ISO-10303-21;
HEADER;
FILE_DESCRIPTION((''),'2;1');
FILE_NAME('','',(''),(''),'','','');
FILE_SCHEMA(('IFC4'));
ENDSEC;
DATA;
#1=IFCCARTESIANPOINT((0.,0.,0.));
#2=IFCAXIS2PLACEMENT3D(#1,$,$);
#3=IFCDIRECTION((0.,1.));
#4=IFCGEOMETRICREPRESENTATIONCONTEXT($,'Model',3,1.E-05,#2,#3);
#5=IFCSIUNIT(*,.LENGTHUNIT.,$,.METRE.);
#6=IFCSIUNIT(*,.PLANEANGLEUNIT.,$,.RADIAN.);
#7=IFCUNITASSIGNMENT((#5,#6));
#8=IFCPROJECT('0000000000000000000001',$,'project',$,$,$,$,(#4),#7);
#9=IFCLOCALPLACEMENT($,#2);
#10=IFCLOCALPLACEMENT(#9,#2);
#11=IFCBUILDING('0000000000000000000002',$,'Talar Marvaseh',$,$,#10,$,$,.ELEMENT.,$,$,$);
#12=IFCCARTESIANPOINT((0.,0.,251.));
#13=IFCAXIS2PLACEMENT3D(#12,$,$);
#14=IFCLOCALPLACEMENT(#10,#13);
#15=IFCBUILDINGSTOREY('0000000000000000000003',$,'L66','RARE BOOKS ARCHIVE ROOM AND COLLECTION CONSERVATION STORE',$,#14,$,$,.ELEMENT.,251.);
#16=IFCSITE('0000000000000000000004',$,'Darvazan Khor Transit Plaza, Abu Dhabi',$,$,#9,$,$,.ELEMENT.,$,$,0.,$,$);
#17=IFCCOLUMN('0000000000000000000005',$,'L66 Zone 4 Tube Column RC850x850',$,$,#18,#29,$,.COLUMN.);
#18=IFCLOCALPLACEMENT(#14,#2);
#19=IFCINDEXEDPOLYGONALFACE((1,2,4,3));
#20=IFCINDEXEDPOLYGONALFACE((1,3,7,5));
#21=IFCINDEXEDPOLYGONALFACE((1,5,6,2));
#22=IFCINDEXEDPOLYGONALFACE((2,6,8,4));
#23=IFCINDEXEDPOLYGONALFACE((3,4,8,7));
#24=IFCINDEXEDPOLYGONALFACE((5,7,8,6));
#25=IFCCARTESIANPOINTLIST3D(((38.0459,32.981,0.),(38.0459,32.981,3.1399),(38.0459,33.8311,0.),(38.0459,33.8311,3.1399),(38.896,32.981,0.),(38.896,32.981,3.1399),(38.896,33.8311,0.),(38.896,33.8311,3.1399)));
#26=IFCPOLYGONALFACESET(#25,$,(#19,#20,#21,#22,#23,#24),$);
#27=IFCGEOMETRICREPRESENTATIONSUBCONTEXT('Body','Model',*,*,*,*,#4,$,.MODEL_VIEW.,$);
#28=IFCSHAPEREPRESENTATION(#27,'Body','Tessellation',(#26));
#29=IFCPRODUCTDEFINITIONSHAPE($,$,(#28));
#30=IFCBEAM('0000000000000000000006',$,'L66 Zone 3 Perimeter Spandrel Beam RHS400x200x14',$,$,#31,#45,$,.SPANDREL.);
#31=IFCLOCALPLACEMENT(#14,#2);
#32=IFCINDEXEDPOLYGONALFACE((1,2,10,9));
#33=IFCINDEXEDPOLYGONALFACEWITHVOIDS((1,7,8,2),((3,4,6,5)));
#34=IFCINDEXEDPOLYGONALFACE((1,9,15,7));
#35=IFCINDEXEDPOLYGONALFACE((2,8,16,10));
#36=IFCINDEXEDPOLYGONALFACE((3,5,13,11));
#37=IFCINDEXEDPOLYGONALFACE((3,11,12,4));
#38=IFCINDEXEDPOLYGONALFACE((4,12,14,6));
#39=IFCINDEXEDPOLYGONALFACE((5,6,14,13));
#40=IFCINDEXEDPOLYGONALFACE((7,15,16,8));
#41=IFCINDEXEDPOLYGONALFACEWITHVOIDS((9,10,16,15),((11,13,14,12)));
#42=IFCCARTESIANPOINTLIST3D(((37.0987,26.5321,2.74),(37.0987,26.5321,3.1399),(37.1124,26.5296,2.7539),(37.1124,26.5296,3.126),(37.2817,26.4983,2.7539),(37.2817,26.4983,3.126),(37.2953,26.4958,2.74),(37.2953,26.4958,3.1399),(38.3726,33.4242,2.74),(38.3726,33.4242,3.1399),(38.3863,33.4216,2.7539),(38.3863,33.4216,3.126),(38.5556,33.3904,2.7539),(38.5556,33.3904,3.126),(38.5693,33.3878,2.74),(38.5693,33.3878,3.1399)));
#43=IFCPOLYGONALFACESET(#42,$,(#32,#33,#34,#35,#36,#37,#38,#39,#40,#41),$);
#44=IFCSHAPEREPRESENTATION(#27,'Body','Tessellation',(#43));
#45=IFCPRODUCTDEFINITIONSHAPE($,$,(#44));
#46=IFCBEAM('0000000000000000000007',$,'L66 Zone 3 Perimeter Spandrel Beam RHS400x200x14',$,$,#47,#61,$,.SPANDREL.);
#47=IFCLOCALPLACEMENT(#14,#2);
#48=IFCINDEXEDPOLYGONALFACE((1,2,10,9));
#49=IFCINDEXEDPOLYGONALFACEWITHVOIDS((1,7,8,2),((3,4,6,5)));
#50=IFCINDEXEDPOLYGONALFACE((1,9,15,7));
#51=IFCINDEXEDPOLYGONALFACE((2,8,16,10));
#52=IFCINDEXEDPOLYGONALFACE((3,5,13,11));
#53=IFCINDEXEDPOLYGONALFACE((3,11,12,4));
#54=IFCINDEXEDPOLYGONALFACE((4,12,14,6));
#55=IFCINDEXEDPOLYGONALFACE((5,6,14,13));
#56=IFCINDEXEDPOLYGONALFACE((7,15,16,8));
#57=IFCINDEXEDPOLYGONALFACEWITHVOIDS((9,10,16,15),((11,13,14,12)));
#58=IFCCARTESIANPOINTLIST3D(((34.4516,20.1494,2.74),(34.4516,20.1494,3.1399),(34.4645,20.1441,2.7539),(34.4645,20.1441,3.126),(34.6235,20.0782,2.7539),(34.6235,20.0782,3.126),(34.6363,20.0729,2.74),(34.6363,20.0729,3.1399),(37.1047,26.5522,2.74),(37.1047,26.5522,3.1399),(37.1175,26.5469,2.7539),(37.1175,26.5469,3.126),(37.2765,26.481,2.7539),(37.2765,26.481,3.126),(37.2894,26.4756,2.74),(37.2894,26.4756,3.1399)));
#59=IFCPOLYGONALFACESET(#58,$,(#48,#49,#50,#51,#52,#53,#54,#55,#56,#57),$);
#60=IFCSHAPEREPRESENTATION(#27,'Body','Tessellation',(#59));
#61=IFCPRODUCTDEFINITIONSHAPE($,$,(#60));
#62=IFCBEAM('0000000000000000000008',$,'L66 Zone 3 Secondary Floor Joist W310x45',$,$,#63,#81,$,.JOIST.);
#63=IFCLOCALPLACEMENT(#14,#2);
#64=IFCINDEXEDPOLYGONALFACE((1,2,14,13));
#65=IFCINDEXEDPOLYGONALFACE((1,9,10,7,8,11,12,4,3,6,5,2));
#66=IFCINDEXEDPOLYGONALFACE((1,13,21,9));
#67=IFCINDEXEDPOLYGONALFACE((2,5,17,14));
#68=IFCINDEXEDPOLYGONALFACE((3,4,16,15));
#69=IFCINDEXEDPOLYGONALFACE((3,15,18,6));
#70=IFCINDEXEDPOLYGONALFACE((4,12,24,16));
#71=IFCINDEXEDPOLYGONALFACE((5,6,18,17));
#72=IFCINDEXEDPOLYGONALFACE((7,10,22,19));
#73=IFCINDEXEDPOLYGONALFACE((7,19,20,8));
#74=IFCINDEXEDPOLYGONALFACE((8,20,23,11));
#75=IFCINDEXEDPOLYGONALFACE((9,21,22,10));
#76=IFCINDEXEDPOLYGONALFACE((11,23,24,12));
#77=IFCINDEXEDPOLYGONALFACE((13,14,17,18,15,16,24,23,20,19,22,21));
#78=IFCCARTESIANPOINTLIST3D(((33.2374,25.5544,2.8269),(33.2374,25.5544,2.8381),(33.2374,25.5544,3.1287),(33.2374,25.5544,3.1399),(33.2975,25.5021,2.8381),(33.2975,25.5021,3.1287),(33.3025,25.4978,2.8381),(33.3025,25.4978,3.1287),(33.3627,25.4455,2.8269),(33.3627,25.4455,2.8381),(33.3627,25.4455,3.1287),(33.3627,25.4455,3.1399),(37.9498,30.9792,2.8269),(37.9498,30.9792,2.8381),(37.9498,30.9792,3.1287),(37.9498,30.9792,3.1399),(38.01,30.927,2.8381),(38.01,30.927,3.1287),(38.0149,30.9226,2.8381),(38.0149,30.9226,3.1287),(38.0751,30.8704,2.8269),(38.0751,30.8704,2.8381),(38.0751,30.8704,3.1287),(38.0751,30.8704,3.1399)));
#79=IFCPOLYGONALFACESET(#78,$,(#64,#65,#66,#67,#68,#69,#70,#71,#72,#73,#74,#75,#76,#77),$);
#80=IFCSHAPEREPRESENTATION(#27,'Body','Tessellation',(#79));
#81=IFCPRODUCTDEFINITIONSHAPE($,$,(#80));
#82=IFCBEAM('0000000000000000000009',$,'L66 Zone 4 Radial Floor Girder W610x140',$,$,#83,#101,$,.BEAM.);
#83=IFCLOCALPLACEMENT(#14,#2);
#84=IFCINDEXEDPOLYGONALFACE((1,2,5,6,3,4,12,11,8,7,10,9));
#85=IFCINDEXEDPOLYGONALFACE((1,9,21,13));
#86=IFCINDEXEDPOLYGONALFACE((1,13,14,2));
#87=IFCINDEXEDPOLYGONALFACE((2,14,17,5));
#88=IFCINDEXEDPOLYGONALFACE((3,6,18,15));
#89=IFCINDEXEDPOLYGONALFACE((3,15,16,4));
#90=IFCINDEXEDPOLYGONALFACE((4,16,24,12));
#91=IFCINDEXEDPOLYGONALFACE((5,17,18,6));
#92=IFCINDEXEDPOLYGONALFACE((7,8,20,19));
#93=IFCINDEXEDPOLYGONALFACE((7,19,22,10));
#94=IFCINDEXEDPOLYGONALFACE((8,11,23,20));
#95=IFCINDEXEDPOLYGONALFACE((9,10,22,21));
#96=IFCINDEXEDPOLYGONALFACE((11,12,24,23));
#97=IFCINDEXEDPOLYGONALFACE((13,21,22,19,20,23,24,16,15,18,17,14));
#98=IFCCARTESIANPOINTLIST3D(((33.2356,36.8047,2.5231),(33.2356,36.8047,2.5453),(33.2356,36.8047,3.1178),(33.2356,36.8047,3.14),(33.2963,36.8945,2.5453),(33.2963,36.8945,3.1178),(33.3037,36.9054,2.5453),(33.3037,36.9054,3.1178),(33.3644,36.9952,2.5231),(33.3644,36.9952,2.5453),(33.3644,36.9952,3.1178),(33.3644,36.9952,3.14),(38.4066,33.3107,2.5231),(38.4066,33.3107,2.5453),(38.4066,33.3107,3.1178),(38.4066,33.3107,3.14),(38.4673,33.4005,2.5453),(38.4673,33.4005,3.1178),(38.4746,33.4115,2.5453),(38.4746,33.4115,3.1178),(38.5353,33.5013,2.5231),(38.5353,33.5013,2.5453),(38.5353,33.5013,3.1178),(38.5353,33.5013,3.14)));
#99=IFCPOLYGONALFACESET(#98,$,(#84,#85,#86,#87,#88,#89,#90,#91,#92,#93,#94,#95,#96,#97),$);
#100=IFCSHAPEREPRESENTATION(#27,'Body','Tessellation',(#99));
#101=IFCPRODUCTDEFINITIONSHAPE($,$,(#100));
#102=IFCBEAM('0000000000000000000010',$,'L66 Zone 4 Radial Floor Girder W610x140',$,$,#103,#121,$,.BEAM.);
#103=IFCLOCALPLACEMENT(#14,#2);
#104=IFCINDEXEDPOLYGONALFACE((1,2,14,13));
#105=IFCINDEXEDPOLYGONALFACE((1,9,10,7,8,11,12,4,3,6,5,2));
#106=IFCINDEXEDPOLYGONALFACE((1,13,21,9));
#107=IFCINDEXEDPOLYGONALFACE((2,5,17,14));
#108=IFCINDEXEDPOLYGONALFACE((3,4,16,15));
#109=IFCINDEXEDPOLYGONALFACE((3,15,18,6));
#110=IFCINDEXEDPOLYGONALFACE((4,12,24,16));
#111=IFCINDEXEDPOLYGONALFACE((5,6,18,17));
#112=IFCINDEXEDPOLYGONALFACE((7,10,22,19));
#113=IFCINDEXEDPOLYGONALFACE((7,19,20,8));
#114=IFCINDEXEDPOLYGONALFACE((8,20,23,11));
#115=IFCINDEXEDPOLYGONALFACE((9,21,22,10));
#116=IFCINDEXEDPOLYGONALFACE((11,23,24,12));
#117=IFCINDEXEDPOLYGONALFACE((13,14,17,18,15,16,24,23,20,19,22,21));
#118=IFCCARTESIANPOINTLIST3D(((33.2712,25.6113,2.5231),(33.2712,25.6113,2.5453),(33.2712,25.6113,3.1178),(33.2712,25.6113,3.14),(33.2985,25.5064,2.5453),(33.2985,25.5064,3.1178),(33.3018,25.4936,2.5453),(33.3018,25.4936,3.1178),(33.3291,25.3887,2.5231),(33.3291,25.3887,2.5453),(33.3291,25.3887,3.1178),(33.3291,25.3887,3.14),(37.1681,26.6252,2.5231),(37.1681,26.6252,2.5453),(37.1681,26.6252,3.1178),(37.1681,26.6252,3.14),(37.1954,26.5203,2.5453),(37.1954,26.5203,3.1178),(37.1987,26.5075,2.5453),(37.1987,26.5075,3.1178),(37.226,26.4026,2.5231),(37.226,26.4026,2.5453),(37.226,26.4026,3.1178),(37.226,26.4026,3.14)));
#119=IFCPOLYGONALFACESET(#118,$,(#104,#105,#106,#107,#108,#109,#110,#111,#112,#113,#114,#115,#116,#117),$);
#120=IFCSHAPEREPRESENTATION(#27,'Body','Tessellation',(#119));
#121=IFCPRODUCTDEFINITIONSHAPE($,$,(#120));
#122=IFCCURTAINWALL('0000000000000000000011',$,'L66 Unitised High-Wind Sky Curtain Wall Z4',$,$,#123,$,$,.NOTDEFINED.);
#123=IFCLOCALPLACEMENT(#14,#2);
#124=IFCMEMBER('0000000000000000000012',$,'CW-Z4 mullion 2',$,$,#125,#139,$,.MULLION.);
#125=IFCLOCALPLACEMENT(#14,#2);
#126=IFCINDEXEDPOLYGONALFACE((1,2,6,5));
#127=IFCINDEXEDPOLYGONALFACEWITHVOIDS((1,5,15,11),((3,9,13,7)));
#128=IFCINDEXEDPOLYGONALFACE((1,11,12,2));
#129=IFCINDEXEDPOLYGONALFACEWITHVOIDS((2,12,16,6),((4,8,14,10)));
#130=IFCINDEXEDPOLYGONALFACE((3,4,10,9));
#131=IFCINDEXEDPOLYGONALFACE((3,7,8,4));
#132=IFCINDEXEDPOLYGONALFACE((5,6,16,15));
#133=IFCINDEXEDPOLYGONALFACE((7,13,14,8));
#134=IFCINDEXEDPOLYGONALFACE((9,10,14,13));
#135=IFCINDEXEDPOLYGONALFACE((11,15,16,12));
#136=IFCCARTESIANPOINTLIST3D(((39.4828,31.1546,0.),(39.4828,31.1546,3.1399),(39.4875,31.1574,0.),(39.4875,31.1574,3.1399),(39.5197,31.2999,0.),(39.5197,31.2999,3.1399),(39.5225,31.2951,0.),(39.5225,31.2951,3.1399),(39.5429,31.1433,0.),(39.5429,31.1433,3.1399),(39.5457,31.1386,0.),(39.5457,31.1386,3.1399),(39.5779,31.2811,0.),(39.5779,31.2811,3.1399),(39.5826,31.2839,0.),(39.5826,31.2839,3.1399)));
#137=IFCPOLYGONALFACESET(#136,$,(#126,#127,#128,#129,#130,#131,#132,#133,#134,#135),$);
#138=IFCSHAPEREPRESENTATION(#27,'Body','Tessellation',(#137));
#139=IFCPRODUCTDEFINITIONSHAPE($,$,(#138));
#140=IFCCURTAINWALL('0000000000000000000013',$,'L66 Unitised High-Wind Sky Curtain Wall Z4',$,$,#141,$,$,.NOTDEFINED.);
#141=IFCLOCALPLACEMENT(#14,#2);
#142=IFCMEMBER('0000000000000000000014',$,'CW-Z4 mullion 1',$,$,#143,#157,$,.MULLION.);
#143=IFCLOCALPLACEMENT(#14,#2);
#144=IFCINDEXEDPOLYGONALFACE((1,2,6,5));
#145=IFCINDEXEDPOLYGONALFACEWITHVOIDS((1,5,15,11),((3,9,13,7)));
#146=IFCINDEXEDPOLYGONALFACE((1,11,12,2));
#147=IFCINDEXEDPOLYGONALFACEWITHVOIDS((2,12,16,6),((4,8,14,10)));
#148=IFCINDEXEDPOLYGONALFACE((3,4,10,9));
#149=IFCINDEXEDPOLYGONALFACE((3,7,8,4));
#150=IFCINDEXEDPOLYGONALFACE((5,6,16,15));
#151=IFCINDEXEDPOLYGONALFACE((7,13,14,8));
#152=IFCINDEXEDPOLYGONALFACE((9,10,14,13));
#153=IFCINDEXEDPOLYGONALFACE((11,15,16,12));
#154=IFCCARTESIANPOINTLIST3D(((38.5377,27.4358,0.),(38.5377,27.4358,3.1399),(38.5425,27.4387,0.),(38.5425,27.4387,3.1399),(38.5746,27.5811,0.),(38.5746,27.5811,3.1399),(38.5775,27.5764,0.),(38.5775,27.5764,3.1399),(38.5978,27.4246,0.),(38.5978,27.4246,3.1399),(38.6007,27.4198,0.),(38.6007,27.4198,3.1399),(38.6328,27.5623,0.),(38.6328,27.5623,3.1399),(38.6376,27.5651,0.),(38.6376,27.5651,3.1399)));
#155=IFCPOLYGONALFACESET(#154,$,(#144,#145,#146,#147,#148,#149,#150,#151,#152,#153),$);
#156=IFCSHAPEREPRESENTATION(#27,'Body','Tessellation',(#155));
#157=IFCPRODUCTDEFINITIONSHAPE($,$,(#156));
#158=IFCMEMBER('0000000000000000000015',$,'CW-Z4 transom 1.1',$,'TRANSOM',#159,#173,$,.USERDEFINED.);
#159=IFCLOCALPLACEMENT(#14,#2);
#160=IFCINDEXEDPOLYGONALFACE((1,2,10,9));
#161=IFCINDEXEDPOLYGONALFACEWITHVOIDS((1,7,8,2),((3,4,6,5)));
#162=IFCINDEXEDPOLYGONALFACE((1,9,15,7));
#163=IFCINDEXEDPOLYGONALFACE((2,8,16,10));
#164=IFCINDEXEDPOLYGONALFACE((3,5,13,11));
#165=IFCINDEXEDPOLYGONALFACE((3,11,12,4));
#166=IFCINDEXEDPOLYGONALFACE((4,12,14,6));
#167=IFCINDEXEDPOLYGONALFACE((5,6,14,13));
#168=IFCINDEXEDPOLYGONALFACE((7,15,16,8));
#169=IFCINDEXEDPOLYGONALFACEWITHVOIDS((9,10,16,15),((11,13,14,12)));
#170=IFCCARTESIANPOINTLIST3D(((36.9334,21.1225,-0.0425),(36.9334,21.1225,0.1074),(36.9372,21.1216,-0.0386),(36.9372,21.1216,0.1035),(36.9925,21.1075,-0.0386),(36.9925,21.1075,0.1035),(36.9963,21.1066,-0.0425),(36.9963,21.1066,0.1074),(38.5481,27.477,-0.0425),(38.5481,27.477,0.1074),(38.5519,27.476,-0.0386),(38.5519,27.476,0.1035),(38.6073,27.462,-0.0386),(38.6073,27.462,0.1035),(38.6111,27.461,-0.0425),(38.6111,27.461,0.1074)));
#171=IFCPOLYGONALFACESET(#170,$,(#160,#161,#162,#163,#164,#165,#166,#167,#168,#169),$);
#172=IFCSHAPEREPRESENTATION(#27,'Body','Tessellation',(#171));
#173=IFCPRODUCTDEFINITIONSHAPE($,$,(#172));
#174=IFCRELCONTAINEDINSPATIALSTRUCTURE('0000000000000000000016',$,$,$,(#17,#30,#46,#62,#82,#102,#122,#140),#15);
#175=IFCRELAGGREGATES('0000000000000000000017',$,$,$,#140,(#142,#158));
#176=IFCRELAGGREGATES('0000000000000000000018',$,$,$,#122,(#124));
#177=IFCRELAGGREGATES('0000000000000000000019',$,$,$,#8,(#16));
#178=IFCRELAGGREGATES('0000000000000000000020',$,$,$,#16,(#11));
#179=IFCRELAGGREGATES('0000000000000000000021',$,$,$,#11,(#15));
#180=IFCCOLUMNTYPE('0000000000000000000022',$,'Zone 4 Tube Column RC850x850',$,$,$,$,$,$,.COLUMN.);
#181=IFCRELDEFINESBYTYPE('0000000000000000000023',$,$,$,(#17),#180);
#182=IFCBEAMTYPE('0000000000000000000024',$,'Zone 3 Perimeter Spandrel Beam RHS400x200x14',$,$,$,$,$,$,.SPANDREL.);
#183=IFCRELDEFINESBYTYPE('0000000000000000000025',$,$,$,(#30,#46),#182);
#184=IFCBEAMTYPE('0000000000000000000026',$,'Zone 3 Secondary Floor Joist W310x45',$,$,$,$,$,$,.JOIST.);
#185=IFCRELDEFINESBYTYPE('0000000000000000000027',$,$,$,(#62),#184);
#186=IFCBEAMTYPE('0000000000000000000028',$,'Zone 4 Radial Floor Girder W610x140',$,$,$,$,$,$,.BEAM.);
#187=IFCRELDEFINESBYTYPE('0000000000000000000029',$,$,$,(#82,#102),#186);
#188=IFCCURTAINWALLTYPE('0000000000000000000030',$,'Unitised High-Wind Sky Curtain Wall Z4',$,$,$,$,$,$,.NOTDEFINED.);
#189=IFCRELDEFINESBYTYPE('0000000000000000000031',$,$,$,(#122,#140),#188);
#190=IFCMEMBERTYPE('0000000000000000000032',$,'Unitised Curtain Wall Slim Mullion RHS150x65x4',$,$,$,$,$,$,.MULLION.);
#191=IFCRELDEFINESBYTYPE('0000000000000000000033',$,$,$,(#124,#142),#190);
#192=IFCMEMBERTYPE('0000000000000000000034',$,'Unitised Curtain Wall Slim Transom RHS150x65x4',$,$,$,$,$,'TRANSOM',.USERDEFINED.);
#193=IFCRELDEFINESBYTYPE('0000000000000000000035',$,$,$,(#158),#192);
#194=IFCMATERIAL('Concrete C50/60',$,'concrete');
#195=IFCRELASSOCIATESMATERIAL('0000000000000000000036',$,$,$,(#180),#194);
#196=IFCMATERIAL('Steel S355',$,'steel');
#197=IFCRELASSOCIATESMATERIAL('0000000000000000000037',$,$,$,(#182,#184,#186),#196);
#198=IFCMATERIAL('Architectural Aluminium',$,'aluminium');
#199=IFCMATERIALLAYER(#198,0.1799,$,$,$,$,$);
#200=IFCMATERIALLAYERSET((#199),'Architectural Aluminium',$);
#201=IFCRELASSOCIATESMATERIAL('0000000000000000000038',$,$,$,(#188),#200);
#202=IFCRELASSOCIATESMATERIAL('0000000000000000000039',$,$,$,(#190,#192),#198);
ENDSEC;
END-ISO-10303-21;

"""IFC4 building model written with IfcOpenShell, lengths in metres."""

from ifc_helpers import new_model, si_unit, direction, frame, origin, origin_2d, place, context, subcontext, project, spatial, rectangle, hollow_rectangle, i_section, extrude, source, transform, mapped, material, layer, layer_set, material_profile, profile_set, type_object, type_shapes, element, aggregate, save


model = new_model("IFC4")

# Units and contexts
model_context = context("Model", 3, precision=1e-05, world=origin(), true_north=direction((0.0, 1.0)))
body_context = subcontext(model_context, "Body", "Model", "MODEL_VIEW")
ifc_project = project(units=[si_unit("LENGTHUNIT", "METRE"), si_unit("PLANEANGLEUNIT", "RADIAN")], contexts=[model_context])

# Site, building, storey
site_placement = place(None, origin())
site = spatial("IfcSite", under=ifc_project, at=site_placement, Name="Darvazan Khor Transit Plaza, Abu Dhabi", CompositionType="ELEMENT", RefElevation=0.0)
building_placement = place(site_placement, origin())
building = spatial("IfcBuilding", under=site, at=building_placement, Name="Talar Marvaseh", CompositionType="ELEMENT")
storey_placement = place(building_placement, frame((0.0, 0.0, 251.0)))
storey = spatial("IfcBuildingStorey", under=building, at=storey_placement, Name="L66", Description="RARE BOOKS ARCHIVE ROOM AND COLLECTION CONSERVATION STORE", CompositionType="ELEMENT", Elevation=251.0)

# Column
ifc_material_1 = material(Name="Concrete C50/60", Category="concrete")
ifc_material_profile_1 = material_profile(ifc_material_1, rectangle(XDim=0.8501, YDim=0.8501, at=origin_2d()), Name="RC850x850")
ifc_profile_set_1 = profile_set([ifc_material_profile_1], Name="Concrete C50/60")
column_type = type_object("IfcColumnType", Name="Zone 4 Tube Column RC850x850", PredefinedType="COLUMN", material=ifc_profile_set_1)
column_placement = place(storey_placement, frame((38.4709, 33.406, 0.0), z_axis=(0.0, 0.0, 1.0), x_axis=(1.0, 0.0, 0.0)))
element("IfcColumn", 1, at=column_placement, inside=storey, type_object=column_type, Name="L66 Zone 4 Tube Column RC850x850", PredefinedType="COLUMN", context=body_context, shape_type="SweptSolid", body=[
    extrude(rectangle(XDim=0.8501, YDim=0.8501, at=origin_2d()), origin(), (0.0, 0.0, 1.0), 3.1399),
])

# Beams
ifc_material_2 = material(Name="Steel S355", Category="steel")
ifc_material_profile_2 = material_profile(ifc_material_2, hollow_rectangle(XDim=0.2, YDim=0.3999, WallThickness=0.0139, at=origin_2d()), Name="RHS400x200x14")
ifc_profile_set_2 = profile_set([ifc_material_profile_2], Name="Steel S355")
beam_type_1 = type_object("IfcBeamType", Name="Zone 3 Perimeter Spandrel Beam RHS400x200x14", PredefinedType="SPANDREL", material=ifc_profile_set_2)
beam_1_placement = place(storey_placement, frame((38.4709, 33.406, 2.9399), z_axis=(-0.18176, -0.983343, 0.0), x_axis=(0.983343, -0.18176, 0.0)))
element("IfcBeam", 2, at=beam_1_placement, inside=storey, type_object=beam_type_1, Name="L66 Zone 3 Perimeter Spandrel Beam RHS400x200x14", PredefinedType="SPANDREL", context=body_context, shape_type="SweptSolid", body=[
    extrude(hollow_rectangle(XDim=0.2, YDim=0.3999, WallThickness=0.0139, at=origin_2d()), origin(), (0.0, 0.0, 1.0), 7.0088),
])
beam_2_placement = place(storey_placement, frame((37.197, 26.5139, 2.9399), z_axis=(-0.382799, -0.923832, 0.0), x_axis=(0.923832, -0.382799, 0.0)))
element("IfcBeam", 3, at=beam_2_placement, inside=storey, type_object=beam_type_1, Name="L66 Zone 3 Perimeter Spandrel Beam RHS400x200x14", PredefinedType="SPANDREL", context=body_context, shape_type="SweptSolid", body=[
    extrude(hollow_rectangle(XDim=0.2, YDim=0.3999, WallThickness=0.0139, at=origin_2d()), origin(), (0.0, 0.0, 1.0), 6.9307),
])
ifc_material_profile_3 = material_profile(ifc_material_2, i_section(OverallWidth=0.166, OverallDepth=0.313, WebThickness=0.0066, FlangeThickness=0.0112, at=origin_2d()), Name="W310x45")
ifc_profile_set_3 = profile_set([ifc_material_profile_3], Name="Steel S355")
beam_type_2 = type_object("IfcBeamType", Name="Zone 3 Secondary Floor Joist W310x45", PredefinedType="JOIST", material=ifc_profile_set_3)
beam_3_placement = place(storey_placement, frame((38.0125, 30.9248, 2.9834), z_axis=(-0.655797, -0.754938, 0.0), x_axis=(0.754938, -0.655797, 0.0)))
element("IfcBeam", 4, at=beam_3_placement, inside=storey, type_object=beam_type_2, Name="L66 Zone 3 Secondary Floor Joist W310x45", PredefinedType="JOIST", context=body_context, shape_type="SweptSolid", body=[
    extrude(i_section(OverallWidth=0.166, OverallDepth=0.313, WebThickness=0.0066, FlangeThickness=0.0112, at=origin_2d()), origin(), (0.0, 0.0, 1.0), 7.1858),
])
ifc_material_profile_4 = material_profile(ifc_material_2, i_section(OverallWidth=0.23, OverallDepth=0.6169, WebThickness=0.0132, FlangeThickness=0.0222, at=origin_2d()), Name="W610x140")
ifc_profile_set_4 = profile_set([ifc_material_profile_4], Name="Steel S355")
beam_type_3 = type_object("IfcBeamType", Name="Zone 4 Radial Floor Girder W610x140", PredefinedType="BEAM", material=ifc_profile_set_4)
beam_4_placement = place(storey_placement, frame((38.4709, 33.406, 2.8315), z_axis=(-0.828586, 0.559862, 0.0), x_axis=(-0.559862, -0.828586, 0.0)))
element("IfcBeam", 5, at=beam_4_placement, inside=storey, type_object=beam_type_3, Name="L66 Zone 4 Radial Floor Girder W610x140", PredefinedType="BEAM", context=body_context, shape_type="SweptSolid", body=[
    extrude(i_section(OverallWidth=0.23, OverallDepth=0.6169, WebThickness=0.0132, FlangeThickness=0.0222, at=origin_2d()), origin(), (0.0, 0.0, 1.0), 6.2407),
])
beam_5_placement = place(storey_placement, frame((37.197, 26.5139, 2.8315), z_axis=(-0.96778, -0.251797, 0.0), x_axis=(0.251797, -0.96778, 0.0)))
element("IfcBeam", 6, at=beam_5_placement, inside=storey, type_object=beam_type_3, Name="L66 Zone 4 Radial Floor Girder W610x140", PredefinedType="BEAM", context=body_context, shape_type="SweptSolid", body=[
    extrude(i_section(OverallWidth=0.23, OverallDepth=0.6169, WebThickness=0.0132, FlangeThickness=0.0222, at=origin_2d()), origin(), (0.0, 0.0, 1.0), 4.0266),
])

# Curtain wall, member
ifc_material_3 = material(Name="Architectural Aluminium", Category="aluminium")
ifc_layer_1 = layer(ifc_material_3, 0.1799)
ifc_layer_set_1 = layer_set([ifc_layer_1], Name="Architectural Aluminium")
curtain_wall_type = type_object("IfcCurtainWallType", Name="Unitised High-Wind Sky Curtain Wall Z4", PredefinedType="NOTDEFINED", material=ifc_layer_set_1)
curtain_wall_1_placement = place(storey_placement, origin())
curtain_wall_1 = element("IfcCurtainWall", 7, at=curtain_wall_1_placement, inside=storey, type_object=curtain_wall_type, Name="L66 Unitised High-Wind Sky Curtain Wall Z4", PredefinedType="NOTDEFINED")
ifc_material_profile_5 = material_profile(ifc_material_3, hollow_rectangle(XDim=0.0649, YDim=0.1499, WallThickness=0.0039, at=origin_2d()), Name="RHS150x65x4")
ifc_profile_set_5 = profile_set([ifc_material_profile_5], Name="Architectural Aluminium")
member_type_1 = type_object("IfcMemberType", Name="Unitised Curtain Wall Slim Mullion RHS150x65x4", PredefinedType="MULLION", material=ifc_profile_set_5)
shared_shape_1 = source(origin(), body_context, "Body", "SweptSolid", [
    extrude(hollow_rectangle(XDim=0.0649, YDim=0.1499, WallThickness=0.0039, at=origin_2d()), origin(), (0.0, 0.0, 1.0), 3.1399),
])
type_shapes(member_type_1, [shared_shape_1])
member_1_placement = place(storey_placement, frame((39.5327, 31.2192, 0.0), z_axis=(0.0, 0.0, 1.0), x_axis=(0.969194, -0.246299, 0.0)))
member_1 = element("IfcMember", 8, at=member_1_placement, type_object=member_type_1, Name="CW-Z4 mullion 2", PredefinedType="MULLION", context=body_context, shape_type="MappedRepresentation", body=[
    mapped(shared_shape_1, transform((0.0, 0.0, 0.0), x_axis=(1.0, 0.0, 0.0), y_axis=(0.0, 1.0, 0.0), z_axis=(0.0, 0.0, 1.0), scale=1.0)),
])

# Curtain wall, members
curtain_wall_2_placement = place(storey_placement, origin())
curtain_wall_2 = element("IfcCurtainWall", 9, at=curtain_wall_2_placement, inside=storey, type_object=curtain_wall_type, Name="L66 Unitised High-Wind Sky Curtain Wall Z4", PredefinedType="NOTDEFINED")
member_2_placement = place(storey_placement, frame((38.5876, 27.5005, 0.0), z_axis=(0.0, 0.0, 1.0), x_axis=(0.969194, -0.246299, 0.0)))
member_2 = element("IfcMember", 10, at=member_2_placement, type_object=member_type_1, Name="CW-Z4 mullion 1", PredefinedType="MULLION", context=body_context, shape_type="MappedRepresentation", body=[
    mapped(shared_shape_1, transform((0.0, 0.0, 0.0), x_axis=(1.0, 0.0, 0.0), y_axis=(0.0, 1.0, 0.0), z_axis=(0.0, 0.0, 1.0), scale=1.0)),
])
ifc_material_profile_6 = material_profile(ifc_material_3, hollow_rectangle(XDim=0.0649, YDim=0.1499, WallThickness=0.0039, at=origin_2d()), Name="RHS150x65x4")
ifc_profile_set_6 = profile_set([ifc_material_profile_6], Name="Architectural Aluminium")
member_type_2 = type_object("IfcMemberType", Name="Unitised Curtain Wall Slim Transom RHS150x65x4", ElementType="TRANSOM", PredefinedType="USERDEFINED", material=ifc_profile_set_6)
shared_shape_2 = source(origin(), body_context, "Body", "SweptSolid", [
    extrude(hollow_rectangle(XDim=0.0649, YDim=0.1499, WallThickness=0.0039, at=origin_2d()), origin(), (0.0, 0.0, 1.0), 6.5564),
])
type_shapes(member_type_2, [shared_shape_2])
member_3_placement = place(storey_placement, frame((38.5796, 27.469, 0.0325), z_axis=(-0.246284, -0.969198, 0.0), x_axis=(0.969198, -0.246284, 0.0)))
member_3 = element("IfcMember", 11, at=member_3_placement, type_object=member_type_2, Name="CW-Z4 transom 1.1", ObjectType="TRANSOM", PredefinedType="USERDEFINED", context=body_context, shape_type="MappedRepresentation", body=[
    mapped(shared_shape_2, transform((0.0, 0.0, 0.0), x_axis=(1.0, 0.0, 0.0), y_axis=(0.0, 1.0, 0.0), z_axis=(0.0, 0.0, 1.0), scale=1.0)),
])
aggregate(curtain_wall_2, [member_2, member_3])

aggregate(curtain_wall_1, [member_1])

save(model, "model.ifc")
